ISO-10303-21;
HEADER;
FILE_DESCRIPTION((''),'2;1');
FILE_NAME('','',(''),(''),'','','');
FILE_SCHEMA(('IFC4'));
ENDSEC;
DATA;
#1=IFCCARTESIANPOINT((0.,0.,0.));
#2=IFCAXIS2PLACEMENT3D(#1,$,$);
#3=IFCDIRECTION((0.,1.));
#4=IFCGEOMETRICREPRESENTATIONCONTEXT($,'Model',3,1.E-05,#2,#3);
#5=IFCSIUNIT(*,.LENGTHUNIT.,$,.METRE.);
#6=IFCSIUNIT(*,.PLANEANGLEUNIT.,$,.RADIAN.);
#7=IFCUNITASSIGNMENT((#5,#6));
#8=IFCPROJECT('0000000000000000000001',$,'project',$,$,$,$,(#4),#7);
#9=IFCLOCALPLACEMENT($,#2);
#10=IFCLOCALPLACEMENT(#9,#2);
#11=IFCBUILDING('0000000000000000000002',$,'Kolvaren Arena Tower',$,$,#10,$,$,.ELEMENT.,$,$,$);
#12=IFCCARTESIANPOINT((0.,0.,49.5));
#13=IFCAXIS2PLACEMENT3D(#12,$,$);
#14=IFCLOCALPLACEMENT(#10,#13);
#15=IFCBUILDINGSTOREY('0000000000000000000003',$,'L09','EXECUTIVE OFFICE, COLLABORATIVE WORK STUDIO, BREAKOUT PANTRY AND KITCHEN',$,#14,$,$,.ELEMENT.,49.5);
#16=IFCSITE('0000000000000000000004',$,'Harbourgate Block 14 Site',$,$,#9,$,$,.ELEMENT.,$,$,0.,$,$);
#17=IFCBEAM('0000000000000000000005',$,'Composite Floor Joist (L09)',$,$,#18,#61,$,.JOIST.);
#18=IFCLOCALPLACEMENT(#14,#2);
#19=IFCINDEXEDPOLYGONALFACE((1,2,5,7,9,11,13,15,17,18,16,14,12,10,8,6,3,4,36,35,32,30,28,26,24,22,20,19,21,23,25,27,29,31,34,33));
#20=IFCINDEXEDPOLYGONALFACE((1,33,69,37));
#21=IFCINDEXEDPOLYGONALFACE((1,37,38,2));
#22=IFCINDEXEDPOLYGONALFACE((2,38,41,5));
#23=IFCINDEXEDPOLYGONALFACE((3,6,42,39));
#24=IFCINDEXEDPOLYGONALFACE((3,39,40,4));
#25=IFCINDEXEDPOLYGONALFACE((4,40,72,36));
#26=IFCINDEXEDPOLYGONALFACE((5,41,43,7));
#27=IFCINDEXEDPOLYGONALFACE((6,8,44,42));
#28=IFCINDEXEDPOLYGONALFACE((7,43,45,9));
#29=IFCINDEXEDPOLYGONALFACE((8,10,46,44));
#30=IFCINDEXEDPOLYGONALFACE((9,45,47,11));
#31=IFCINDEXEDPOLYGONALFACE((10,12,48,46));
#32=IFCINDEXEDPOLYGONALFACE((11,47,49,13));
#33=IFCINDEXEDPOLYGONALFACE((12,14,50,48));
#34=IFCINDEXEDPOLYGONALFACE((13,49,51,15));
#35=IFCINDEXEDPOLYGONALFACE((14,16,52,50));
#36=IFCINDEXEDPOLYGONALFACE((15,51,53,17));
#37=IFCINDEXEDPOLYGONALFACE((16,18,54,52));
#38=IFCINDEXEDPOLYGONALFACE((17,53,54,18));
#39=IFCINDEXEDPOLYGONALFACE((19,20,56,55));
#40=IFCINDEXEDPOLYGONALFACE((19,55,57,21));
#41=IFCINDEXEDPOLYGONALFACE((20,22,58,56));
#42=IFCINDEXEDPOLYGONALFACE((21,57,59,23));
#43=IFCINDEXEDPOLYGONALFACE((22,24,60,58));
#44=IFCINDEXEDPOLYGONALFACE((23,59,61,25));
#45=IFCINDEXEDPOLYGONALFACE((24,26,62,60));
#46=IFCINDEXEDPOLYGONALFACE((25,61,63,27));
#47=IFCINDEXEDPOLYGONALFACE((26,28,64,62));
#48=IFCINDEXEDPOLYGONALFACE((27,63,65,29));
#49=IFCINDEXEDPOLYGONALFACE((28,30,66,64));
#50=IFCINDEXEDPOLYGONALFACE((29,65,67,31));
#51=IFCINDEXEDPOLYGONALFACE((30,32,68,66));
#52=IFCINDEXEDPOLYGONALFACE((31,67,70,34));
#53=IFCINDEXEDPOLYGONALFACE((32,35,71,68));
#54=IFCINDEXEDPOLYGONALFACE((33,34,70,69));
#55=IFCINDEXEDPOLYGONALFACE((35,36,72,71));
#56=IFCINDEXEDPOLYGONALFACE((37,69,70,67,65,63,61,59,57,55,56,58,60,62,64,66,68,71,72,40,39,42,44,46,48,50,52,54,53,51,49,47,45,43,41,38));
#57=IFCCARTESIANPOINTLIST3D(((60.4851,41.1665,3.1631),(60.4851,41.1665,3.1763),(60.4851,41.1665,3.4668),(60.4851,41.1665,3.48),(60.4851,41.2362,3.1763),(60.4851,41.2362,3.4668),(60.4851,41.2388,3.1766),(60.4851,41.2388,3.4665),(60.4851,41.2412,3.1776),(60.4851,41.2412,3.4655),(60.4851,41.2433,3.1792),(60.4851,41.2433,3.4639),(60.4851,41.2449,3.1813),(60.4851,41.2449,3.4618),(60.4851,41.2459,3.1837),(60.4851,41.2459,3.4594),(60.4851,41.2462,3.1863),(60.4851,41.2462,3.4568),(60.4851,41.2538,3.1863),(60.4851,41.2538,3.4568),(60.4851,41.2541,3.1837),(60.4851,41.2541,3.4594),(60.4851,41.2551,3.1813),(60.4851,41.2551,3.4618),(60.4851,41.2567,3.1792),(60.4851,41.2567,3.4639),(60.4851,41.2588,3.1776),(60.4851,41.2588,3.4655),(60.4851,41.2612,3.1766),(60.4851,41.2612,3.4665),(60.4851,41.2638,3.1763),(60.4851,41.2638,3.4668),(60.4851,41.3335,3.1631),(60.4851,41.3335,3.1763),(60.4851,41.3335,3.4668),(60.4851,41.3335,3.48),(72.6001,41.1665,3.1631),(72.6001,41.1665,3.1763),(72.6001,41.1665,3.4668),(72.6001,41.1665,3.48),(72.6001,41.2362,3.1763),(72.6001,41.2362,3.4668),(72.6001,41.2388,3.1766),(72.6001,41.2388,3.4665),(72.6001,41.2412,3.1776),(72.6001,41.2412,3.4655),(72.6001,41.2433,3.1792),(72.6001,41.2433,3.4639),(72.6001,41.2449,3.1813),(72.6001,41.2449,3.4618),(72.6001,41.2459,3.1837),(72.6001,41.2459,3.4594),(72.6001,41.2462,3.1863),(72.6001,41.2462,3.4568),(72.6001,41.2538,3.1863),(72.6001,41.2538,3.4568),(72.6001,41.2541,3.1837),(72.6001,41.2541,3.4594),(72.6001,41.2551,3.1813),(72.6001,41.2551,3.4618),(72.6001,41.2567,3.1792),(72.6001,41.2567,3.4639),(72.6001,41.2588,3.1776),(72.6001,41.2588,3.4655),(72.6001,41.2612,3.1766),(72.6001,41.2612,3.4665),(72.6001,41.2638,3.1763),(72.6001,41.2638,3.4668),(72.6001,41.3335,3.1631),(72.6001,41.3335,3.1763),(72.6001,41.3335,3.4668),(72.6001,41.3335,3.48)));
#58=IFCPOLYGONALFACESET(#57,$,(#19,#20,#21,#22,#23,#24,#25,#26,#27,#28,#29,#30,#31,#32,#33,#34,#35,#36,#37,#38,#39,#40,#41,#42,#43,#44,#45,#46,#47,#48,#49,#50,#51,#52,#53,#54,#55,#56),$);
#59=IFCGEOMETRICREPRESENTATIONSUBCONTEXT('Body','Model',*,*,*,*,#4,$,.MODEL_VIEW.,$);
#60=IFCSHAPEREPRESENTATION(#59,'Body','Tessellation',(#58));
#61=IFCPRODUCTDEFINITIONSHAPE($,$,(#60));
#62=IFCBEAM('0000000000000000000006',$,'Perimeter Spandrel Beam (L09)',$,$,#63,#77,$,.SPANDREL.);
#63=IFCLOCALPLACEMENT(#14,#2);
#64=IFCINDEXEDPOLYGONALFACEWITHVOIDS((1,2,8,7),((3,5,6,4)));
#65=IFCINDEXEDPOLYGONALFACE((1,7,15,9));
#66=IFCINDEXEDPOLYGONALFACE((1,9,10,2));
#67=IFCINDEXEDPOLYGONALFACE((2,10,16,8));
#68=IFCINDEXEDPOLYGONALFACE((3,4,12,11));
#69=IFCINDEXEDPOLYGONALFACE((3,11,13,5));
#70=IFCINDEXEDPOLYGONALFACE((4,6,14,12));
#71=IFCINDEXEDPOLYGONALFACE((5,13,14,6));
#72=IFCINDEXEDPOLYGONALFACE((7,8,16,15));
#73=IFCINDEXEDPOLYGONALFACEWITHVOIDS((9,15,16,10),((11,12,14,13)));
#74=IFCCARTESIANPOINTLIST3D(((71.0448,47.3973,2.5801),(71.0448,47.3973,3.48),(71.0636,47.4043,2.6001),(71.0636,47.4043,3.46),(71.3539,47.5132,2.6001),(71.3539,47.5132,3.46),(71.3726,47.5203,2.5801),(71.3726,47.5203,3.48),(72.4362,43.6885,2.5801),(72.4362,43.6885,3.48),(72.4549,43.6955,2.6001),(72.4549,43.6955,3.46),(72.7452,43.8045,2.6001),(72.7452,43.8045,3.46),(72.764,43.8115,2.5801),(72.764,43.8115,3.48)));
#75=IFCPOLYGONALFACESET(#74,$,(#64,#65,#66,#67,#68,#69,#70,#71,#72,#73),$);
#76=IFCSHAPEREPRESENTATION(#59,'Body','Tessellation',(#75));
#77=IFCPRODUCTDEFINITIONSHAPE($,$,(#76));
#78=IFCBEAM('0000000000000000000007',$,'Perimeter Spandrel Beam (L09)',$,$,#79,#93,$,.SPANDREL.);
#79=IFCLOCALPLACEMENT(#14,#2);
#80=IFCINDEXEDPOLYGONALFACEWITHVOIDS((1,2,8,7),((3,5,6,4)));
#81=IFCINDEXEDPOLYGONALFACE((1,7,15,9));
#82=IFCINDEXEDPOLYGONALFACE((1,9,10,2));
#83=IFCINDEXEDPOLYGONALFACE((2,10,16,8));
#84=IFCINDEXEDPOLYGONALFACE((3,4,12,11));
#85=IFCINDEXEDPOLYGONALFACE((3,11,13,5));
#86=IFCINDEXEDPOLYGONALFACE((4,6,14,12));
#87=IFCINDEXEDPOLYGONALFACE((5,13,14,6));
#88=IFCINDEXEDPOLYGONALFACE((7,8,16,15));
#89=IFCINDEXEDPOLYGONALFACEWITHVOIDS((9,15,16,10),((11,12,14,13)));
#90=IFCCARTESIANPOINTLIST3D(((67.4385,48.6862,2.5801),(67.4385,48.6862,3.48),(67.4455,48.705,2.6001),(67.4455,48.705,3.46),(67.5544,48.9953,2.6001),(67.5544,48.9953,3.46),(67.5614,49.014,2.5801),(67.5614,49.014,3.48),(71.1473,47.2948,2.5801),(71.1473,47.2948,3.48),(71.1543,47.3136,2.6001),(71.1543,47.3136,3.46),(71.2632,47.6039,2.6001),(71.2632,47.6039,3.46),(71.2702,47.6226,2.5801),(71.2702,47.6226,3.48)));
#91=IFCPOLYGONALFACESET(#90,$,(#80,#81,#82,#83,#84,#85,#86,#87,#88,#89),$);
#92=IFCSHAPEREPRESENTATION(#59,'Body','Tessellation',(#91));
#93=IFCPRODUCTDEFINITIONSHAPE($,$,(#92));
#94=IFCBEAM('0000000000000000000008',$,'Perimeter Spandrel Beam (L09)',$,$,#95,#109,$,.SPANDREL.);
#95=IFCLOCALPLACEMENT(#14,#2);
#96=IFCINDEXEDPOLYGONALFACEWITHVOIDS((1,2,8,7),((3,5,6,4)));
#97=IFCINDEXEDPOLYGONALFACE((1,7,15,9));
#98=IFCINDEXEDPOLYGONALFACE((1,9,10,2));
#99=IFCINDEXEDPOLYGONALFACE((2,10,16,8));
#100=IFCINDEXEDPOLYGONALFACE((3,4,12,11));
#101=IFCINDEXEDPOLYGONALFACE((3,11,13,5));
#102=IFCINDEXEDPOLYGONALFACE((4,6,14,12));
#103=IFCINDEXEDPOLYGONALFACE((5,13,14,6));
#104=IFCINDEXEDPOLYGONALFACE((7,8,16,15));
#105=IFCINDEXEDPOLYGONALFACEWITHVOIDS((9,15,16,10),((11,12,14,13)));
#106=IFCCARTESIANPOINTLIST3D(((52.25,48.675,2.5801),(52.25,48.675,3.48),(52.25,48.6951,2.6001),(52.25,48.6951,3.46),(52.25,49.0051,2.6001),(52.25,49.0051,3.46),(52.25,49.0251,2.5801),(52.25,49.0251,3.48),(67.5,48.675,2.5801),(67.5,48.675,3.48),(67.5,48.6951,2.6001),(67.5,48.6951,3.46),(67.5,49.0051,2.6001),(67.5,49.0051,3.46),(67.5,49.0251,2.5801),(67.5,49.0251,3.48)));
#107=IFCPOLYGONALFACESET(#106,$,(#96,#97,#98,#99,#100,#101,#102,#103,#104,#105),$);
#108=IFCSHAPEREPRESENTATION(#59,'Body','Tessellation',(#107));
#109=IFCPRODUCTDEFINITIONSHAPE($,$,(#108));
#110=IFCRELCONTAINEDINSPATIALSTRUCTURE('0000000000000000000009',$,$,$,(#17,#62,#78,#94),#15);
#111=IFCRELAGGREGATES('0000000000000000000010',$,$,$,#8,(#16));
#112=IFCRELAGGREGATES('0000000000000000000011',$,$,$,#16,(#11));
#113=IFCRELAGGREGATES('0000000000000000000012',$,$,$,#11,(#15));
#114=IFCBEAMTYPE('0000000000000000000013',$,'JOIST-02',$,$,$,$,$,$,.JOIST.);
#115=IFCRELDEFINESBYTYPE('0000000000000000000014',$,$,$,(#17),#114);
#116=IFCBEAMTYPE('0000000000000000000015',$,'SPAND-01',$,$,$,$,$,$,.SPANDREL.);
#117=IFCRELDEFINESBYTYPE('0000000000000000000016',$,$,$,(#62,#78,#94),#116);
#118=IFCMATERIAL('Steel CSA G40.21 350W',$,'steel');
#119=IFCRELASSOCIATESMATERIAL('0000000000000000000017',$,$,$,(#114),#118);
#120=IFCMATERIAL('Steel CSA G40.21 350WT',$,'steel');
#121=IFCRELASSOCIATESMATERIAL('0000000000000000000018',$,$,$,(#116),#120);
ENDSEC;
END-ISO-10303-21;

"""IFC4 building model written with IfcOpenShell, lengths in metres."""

from ifc_helpers import new_model, si_unit, direction, frame, origin, origin_2d, place, context, subcontext, project, spatial, hollow_rectangle, i_section, extrude, material, material_profile, profile_set, type_object, element, save


model = new_model("IFC4")

# Units and contexts
model_context = context("Model", 3, precision=1e-05, world=origin(), true_north=direction((0.0, 1.0)))
body_context = subcontext(model_context, "Body", "Model", "MODEL_VIEW")
ifc_project = project(units=[si_unit("LENGTHUNIT", "METRE"), si_unit("PLANEANGLEUNIT", "RADIAN")], contexts=[model_context])

# Site, building, storey
site_placement = place(None, origin())
site = spatial("IfcSite", under=ifc_project, at=site_placement, Name="Harbourgate Block 14 Site", CompositionType="ELEMENT", RefElevation=0.0)
building_placement = place(site_placement, origin())
building = spatial("IfcBuilding", under=site, at=building_placement, Name="Kolvaren Arena Tower", CompositionType="ELEMENT")
storey_placement = place(building_placement, frame((0.0, 0.0, 49.5)))
storey = spatial("IfcBuildingStorey", under=building, at=storey_placement, Name="L09", Description="EXECUTIVE OFFICE, COLLABORATIVE WORK STUDIO, BREAKOUT PANTRY AND KITCHEN", CompositionType="ELEMENT", Elevation=49.5)

# Beams
ifc_material_1 = material(Name="Steel CSA G40.21 350W", Category="steel")
ifc_material_profile_1 = material_profile(ifc_material_1, i_section(OverallWidth=0.167, OverallDepth=0.3169, WebThickness=0.0076, FlangeThickness=0.0132, FilletRadius=0.01, at=origin_2d()), Name="W310x52")
ifc_profile_set_1 = profile_set([ifc_material_profile_1], Name="Steel CSA G40.21 350W")
beam_type_1 = type_object("IfcBeamType", Name="JOIST-02", PredefinedType="JOIST", material=ifc_profile_set_1)
beam_1_placement = place(storey_placement, frame((60.4851, 41.25, 3.3215), z_axis=(1.0, 0.0, 0.0), x_axis=(0.0, 1.0, 0.0)))
element("IfcBeam", 1, at=beam_1_placement, inside=storey, type_object=beam_type_1, Name="Composite Floor Joist (L09)", PredefinedType="JOIST", context=body_context, shape_type="SweptSolid", body=[
    extrude(i_section(OverallWidth=0.167, OverallDepth=0.3169, WebThickness=0.0076, FlangeThickness=0.0132, FilletRadius=0.01, at=origin_2d()), origin(), (0.0, 0.0, 1.0), 12.115),
])
ifc_material_2 = material(Name="Steel CSA G40.21 350WT", Category="steel")
ifc_material_profile_2 = material_profile(ifc_material_2, hollow_rectangle(XDim=0.3501, YDim=0.8999, WallThickness=0.02, at=origin_2d()), Name="HSS 900x350x20")
ifc_profile_set_2 = profile_set([ifc_material_profile_2], Name="Steel CSA G40.21 350WT")
beam_type_2 = type_object("IfcBeamType", Name="SPAND-01", PredefinedType="SPANDREL", material=ifc_profile_set_2)
for number, where, z_axis, x_axis, name in (
    (2, (72.6001, 43.75, 3.03), (-0.351252, 0.936281, 0.0), (-0.936281, -0.351252, 0.0), "Perimeter Spandrel Beam (L09)"),
    (3, (71.2087, 47.4587, 3.03), (-0.936281, 0.351252, 0.0), (-0.351252, -0.936281, 0.0), "Perimeter Spandrel Beam (L09)"),
):
    element("IfcBeam", number, at=place(storey_placement, frame(where, z_axis=z_axis, x_axis=x_axis)), inside=storey, type_object=beam_type_2, Name=name, PredefinedType="SPANDREL", context=body_context, shape_type="SweptSolid", body=[
        extrude(hollow_rectangle(XDim=0.3501, YDim=0.8999, WallThickness=0.02, at=origin_2d()), origin(), (0.0, 0.0, 1.0), 3.9612),
    ])
beam_2_placement = place(storey_placement, frame((67.5, 48.8501, 3.03), z_axis=(-1.0, 0.0, 0.0), x_axis=(0.0, -1.0, 0.0)))
element("IfcBeam", 4, at=beam_2_placement, inside=storey, type_object=beam_type_2, Name="Perimeter Spandrel Beam (L09)", PredefinedType="SPANDREL", context=body_context, shape_type="SweptSolid", body=[
    extrude(hollow_rectangle(XDim=0.3501, YDim=0.8999, WallThickness=0.02, at=origin_2d()), origin(), (0.0, 0.0, 1.0), 15.25),
])

save(model, "model.ifc")
